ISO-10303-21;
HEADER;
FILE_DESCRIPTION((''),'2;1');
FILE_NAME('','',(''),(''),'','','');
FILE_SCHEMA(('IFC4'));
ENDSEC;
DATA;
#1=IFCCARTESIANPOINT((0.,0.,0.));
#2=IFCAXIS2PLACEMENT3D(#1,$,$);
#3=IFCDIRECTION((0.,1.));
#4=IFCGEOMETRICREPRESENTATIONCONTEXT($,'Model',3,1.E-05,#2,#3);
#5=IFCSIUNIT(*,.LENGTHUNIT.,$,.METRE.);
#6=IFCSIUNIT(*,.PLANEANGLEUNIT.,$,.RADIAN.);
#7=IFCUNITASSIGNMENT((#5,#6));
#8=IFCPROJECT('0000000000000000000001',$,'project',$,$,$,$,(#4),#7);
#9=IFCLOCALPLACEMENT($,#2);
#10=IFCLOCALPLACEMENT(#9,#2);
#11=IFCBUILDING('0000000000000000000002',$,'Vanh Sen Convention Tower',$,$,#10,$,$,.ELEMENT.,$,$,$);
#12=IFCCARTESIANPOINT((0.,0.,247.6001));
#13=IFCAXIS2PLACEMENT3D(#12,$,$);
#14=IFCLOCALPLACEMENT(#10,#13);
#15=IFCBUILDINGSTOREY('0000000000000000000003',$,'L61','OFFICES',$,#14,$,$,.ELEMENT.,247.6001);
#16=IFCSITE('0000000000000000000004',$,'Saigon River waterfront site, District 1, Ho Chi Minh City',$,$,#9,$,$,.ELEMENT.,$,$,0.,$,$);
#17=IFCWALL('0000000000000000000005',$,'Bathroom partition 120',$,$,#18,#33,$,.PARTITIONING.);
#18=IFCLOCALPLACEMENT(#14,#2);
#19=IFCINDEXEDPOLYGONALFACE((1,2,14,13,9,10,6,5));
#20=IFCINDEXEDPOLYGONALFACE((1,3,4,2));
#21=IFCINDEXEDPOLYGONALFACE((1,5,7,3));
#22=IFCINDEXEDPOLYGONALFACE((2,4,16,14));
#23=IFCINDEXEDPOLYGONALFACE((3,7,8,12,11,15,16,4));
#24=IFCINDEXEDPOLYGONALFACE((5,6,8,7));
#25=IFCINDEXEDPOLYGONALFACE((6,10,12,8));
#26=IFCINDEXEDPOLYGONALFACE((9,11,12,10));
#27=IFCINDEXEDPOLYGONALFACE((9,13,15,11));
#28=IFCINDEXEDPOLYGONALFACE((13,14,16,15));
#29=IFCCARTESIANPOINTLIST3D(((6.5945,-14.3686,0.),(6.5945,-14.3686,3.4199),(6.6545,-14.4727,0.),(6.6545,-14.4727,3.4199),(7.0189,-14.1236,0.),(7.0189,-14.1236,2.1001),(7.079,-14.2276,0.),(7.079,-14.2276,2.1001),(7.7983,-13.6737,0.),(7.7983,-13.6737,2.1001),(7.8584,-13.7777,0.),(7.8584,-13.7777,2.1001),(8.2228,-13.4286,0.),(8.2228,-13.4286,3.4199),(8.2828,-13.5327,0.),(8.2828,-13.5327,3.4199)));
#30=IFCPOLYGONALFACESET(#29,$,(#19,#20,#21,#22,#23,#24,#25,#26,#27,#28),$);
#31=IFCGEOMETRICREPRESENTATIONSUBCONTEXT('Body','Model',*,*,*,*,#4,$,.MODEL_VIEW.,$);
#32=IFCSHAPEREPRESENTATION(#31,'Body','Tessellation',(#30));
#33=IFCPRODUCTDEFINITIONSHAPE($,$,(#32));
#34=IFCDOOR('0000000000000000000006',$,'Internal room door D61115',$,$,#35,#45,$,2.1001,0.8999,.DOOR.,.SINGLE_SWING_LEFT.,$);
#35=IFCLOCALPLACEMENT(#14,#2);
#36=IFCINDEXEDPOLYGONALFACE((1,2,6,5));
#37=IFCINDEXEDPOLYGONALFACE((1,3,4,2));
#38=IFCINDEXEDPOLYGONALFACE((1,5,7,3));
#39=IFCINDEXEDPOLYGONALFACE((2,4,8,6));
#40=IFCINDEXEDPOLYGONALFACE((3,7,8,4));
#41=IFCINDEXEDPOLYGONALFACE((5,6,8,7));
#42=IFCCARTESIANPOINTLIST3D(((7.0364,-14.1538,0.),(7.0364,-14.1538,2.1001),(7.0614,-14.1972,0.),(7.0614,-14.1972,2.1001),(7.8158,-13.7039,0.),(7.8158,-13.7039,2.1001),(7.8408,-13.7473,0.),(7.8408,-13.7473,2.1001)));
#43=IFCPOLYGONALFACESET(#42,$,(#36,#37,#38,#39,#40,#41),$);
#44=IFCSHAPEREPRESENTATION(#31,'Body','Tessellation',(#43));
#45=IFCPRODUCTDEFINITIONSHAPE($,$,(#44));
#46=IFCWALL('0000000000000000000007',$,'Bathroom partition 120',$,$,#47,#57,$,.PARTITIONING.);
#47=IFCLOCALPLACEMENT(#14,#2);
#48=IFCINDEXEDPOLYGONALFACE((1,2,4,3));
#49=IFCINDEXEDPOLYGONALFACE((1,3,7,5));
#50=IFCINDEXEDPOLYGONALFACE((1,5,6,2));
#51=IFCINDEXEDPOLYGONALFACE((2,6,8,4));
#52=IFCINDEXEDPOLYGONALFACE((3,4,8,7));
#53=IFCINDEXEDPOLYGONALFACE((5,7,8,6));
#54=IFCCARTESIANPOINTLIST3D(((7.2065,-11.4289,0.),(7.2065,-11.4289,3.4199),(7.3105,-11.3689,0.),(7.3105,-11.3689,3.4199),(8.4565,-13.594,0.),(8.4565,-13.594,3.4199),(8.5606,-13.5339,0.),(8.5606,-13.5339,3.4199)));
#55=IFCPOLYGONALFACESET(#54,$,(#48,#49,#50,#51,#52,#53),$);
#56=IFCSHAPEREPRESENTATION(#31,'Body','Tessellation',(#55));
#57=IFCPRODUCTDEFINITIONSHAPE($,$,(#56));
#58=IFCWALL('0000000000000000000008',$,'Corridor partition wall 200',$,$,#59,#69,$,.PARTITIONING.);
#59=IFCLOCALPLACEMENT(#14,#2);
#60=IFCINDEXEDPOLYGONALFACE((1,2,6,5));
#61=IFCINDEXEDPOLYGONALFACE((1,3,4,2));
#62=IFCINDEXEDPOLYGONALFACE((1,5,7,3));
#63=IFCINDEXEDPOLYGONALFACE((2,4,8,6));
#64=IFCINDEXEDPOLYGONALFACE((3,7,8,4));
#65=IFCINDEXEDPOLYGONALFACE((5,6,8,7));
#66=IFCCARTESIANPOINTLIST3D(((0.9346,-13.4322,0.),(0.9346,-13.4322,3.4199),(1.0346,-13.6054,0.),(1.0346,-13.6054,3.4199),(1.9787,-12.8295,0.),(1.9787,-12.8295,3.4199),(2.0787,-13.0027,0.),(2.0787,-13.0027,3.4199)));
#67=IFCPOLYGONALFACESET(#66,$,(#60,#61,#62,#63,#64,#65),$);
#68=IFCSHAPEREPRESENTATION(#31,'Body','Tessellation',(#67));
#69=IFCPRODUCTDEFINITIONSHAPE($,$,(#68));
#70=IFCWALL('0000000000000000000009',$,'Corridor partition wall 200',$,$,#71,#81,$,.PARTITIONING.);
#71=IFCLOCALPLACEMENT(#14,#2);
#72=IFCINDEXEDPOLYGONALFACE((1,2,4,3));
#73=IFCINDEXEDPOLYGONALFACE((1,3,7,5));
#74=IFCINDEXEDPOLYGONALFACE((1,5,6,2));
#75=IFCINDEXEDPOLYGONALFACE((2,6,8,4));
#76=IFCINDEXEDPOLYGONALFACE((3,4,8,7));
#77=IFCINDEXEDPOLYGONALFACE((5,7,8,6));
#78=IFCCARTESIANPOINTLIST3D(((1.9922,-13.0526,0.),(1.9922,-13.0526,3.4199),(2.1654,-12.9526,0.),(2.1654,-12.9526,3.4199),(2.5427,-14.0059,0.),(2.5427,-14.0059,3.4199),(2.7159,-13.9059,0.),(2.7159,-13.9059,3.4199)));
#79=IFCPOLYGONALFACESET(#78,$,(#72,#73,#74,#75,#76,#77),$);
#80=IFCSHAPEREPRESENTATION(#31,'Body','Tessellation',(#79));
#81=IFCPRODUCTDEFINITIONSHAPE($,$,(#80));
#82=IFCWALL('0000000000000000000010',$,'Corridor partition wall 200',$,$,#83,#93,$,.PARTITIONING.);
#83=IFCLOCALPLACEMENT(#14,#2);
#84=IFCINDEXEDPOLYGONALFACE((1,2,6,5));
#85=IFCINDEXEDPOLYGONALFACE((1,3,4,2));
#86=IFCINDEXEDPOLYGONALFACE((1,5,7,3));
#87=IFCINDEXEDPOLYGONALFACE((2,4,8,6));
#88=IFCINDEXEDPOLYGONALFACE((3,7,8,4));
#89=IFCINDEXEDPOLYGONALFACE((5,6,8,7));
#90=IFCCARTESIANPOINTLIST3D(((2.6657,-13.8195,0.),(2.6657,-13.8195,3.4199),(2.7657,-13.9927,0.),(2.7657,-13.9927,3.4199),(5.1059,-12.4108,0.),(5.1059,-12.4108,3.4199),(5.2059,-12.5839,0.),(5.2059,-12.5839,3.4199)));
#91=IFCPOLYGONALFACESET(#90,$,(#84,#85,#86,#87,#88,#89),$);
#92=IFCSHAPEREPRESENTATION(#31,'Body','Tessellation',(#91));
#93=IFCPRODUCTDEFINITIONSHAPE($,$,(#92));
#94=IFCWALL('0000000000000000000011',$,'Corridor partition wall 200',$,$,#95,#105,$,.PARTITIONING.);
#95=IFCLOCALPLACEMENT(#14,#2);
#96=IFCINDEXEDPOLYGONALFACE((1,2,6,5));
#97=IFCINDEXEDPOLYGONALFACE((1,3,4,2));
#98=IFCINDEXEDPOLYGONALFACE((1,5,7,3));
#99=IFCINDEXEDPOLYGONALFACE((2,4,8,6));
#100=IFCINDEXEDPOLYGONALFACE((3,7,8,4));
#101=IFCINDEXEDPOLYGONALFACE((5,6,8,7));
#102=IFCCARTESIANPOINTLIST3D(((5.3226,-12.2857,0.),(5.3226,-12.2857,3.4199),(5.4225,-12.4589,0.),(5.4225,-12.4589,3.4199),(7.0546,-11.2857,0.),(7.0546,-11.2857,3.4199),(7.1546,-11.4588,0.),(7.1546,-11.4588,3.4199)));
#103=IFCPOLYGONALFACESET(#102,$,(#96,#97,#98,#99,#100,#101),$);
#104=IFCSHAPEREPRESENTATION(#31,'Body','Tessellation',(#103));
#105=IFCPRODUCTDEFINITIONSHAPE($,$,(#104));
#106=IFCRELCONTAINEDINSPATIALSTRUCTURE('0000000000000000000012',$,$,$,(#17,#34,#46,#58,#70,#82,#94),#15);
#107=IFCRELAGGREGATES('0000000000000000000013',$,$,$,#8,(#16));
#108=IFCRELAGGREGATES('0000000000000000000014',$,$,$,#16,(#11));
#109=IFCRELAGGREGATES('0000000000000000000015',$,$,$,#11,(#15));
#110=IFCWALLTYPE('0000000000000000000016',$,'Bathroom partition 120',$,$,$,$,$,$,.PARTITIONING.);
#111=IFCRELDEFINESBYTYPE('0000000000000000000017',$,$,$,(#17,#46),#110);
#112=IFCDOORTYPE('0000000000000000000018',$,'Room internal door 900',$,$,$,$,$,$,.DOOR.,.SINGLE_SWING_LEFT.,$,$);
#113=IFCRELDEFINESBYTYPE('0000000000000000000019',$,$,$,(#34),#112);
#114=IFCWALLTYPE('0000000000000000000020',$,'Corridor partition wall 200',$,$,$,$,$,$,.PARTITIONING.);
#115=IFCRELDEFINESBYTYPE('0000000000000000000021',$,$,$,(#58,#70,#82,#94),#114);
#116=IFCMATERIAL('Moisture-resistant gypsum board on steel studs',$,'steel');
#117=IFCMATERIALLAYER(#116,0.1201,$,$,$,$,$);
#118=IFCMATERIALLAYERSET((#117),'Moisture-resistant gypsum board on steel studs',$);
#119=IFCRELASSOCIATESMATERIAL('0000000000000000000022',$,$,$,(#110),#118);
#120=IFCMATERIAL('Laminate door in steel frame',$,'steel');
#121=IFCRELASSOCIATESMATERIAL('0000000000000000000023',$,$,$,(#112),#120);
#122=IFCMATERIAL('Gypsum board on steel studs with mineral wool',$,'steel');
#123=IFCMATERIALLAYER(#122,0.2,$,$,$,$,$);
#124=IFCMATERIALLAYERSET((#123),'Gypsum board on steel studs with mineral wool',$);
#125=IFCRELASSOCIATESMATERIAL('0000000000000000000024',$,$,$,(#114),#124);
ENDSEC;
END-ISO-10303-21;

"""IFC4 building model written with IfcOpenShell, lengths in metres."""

from ifc_helpers import new_model, si_unit, direction, frame, frame_2d, origin, place, context, subcontext, project, spatial, rectangle, extrude, material, layer, layer_set, type_object, element, fill, save


model = new_model("IFC4")

# Units and contexts
model_context = context("Model", 3, precision=1e-05, world=origin(), true_north=direction((0.0, 1.0)))
body_context = subcontext(model_context, "Body", "Model", "MODEL_VIEW")
ifc_project = project(units=[si_unit("LENGTHUNIT", "METRE"), si_unit("PLANEANGLEUNIT", "RADIAN")], contexts=[model_context])

# Site, building, storey
site_placement = place(None, origin())
site = spatial("IfcSite", under=ifc_project, at=site_placement, Name="Saigon River waterfront site, District 1, Ho Chi Minh City", CompositionType="ELEMENT", RefElevation=0.0)
building_placement = place(site_placement, origin())
building = spatial("IfcBuilding", under=site, at=building_placement, Name="Vanh Sen Convention Tower", CompositionType="ELEMENT")
storey_placement = place(building_placement, frame((0.0, 0.0, 247.6001)))
storey = spatial("IfcBuildingStorey", under=building, at=storey_placement, Name="L61", Description="OFFICES", CompositionType="ELEMENT", Elevation=247.6001)

# Shared definitions
ifc_material_1 = material(Name="Moisture-resistant gypsum board on steel studs", Category="steel")
ifc_layer_1 = layer(ifc_material_1, 0.1201)
ifc_layer_set_1 = layer_set([ifc_layer_1], Name="Moisture-resistant gypsum board on steel studs")
wall_type_1 = type_object("IfcWallType", Name="Bathroom partition 120", PredefinedType="PARTITIONING", material=ifc_layer_set_1)

# Wall, opening, door
wall_1_placement = place(storey_placement, frame((8.2527, -13.4807, 0.0), z_axis=(0.0, 0.0, 1.0), x_axis=(-0.866045, -0.499966, 0.0)))
wall_1 = element("IfcWall", 1, at=wall_1_placement, inside=storey, type_object=wall_type_1, Name="Bathroom partition 120", PredefinedType="PARTITIONING", context=body_context, shape_type="SweptSolid", body=[
    extrude(rectangle(XDim=1.8801, YDim=0.1201, at=frame_2d((0.9399, 0.0))), origin(), (0.0, 0.0, 1.0), 3.4199),
])
opening_1_placement = place(wall_1_placement, frame((0.49, 0.0, 0.0)))
opening_1 = element("IfcOpeningElement", 2, at=opening_1_placement, cuts=wall_1, PredefinedType="OPENING", context=body_context, shape_type="SweptSolid", body=[
    extrude(rectangle(XDim=0.8999, YDim=2.1001, at=frame_2d((0.45, 1.05))), frame((0.0, 0.0701, 0.0), z_axis=(0.0, -1.0, 0.0), x_axis=(1.0, 0.0, 0.0)), (0.0, 0.0, 1.0), 0.1401),
])
ifc_material_2 = material(Name="Laminate door in steel frame", Category="steel")
door_type = type_object("IfcDoorType", Name="Room internal door 900", OperationType="SINGLE_SWING_LEFT", PredefinedType="DOOR", material=ifc_material_2)
door_placement = place(opening_1_placement, origin())
door = element("IfcDoor", 3, at=door_placement, inside=storey, type_object=door_type, Name="Internal room door D61115", OperationType="SINGLE_SWING_LEFT", OverallHeight=2.1001, OverallWidth=0.8999, PredefinedType="DOOR", context=body_context, shape_type="SweptSolid", body=[
    extrude(rectangle(XDim=0.8999, YDim=2.1001, at=frame_2d((0.45, 1.05))), frame((0.0, 0.0249, 0.0), z_axis=(0.0, -1.0, 0.0), x_axis=(1.0, 0.0, 0.0)), (0.0, 0.0, 1.0), 0.05),
])
fill(opening_1, door)

# Walls
wall_2_placement = place(storey_placement, frame((8.5085, -13.564, 0.0), z_axis=(0.0, 0.0, 1.0), x_axis=(-0.500004, 0.866023, 0.0)))
element("IfcWall", 4, at=wall_2_placement, inside=storey, type_object=wall_type_1, Name="Bathroom partition 120", PredefinedType="PARTITIONING", context=body_context, shape_type="SweptSolid", body=[
    extrude(rectangle(XDim=2.5, YDim=0.1201, at=frame_2d((1.25, 0.0))), origin(), (0.0, 0.0, 1.0), 3.4199),
])
ifc_material_3 = material(Name="Gypsum board on steel studs with mineral wool", Category="steel")
ifc_layer_2 = layer(ifc_material_3, 0.2)
ifc_layer_set_2 = layer_set([ifc_layer_2], Name="Gypsum board on steel studs with mineral wool")
wall_type_2 = type_object("IfcWallType", Name="Corridor partition wall 200", PredefinedType="PARTITIONING", material=ifc_layer_set_2)
wall_3_placement = place(storey_placement, frame((0.9846, -13.5188, 0.0), z_axis=(0.0, 0.0, 1.0), x_axis=(0.866054, 0.49995, 0.0)))
element("IfcWall", 5, at=wall_3_placement, inside=storey, type_object=wall_type_2, Name="Corridor partition wall 200", PredefinedType="PARTITIONING", context=body_context, shape_type="SweptSolid", body=[
    extrude(rectangle(XDim=1.2056, YDim=0.2, at=frame_2d((0.6028, 0.0))), origin(), (0.0, 0.0, 1.0), 3.4199),
])
wall_4_placement = place(storey_placement, frame((2.0789, -13.0027, 0.0), z_axis=(0.0, 0.0, 1.0), x_axis=(0.500074, -0.865982, 0.0)))
element("IfcWall", 6, at=wall_4_placement, inside=storey, type_object=wall_type_2, Name="Corridor partition wall 200", PredefinedType="PARTITIONING", context=body_context, shape_type="SweptSolid", body=[
    extrude(rectangle(XDim=1.1008, YDim=0.2, at=frame_2d((0.5503, 0.0))), origin(), (0.0, 0.0, 1.0), 3.4199),
])
wall_5_placement = place(storey_placement, frame((2.7158, -13.906, 0.0), z_axis=(0.0, 0.0, 1.0), x_axis=(0.866049, 0.49996, 0.0)))
element("IfcWall", 7, at=wall_5_placement, inside=storey, type_object=wall_type_2, Name="Corridor partition wall 200", PredefinedType="PARTITIONING", context=body_context, shape_type="SweptSolid", body=[
    extrude(rectangle(XDim=2.8176, YDim=0.2, at=frame_2d((1.4087, 0.0))), origin(), (0.0, 0.0, 1.0), 3.4199),
])
wall_6_placement = place(storey_placement, frame((5.3726, -12.3723, 0.0), z_axis=(0.0, 0.0, 1.0), x_axis=(0.866011, 0.500025, 0.0)))
element("IfcWall", 8, at=wall_6_placement, inside=storey, type_object=wall_type_2, Name="Corridor partition wall 200", PredefinedType="PARTITIONING", context=body_context, shape_type="SweptSolid", body=[
    extrude(rectangle(XDim=2.0, YDim=0.2, at=frame_2d((1.0, 0.0))), origin(), (0.0, 0.0, 1.0), 3.4199),
])

save(model, "model.ifc")
